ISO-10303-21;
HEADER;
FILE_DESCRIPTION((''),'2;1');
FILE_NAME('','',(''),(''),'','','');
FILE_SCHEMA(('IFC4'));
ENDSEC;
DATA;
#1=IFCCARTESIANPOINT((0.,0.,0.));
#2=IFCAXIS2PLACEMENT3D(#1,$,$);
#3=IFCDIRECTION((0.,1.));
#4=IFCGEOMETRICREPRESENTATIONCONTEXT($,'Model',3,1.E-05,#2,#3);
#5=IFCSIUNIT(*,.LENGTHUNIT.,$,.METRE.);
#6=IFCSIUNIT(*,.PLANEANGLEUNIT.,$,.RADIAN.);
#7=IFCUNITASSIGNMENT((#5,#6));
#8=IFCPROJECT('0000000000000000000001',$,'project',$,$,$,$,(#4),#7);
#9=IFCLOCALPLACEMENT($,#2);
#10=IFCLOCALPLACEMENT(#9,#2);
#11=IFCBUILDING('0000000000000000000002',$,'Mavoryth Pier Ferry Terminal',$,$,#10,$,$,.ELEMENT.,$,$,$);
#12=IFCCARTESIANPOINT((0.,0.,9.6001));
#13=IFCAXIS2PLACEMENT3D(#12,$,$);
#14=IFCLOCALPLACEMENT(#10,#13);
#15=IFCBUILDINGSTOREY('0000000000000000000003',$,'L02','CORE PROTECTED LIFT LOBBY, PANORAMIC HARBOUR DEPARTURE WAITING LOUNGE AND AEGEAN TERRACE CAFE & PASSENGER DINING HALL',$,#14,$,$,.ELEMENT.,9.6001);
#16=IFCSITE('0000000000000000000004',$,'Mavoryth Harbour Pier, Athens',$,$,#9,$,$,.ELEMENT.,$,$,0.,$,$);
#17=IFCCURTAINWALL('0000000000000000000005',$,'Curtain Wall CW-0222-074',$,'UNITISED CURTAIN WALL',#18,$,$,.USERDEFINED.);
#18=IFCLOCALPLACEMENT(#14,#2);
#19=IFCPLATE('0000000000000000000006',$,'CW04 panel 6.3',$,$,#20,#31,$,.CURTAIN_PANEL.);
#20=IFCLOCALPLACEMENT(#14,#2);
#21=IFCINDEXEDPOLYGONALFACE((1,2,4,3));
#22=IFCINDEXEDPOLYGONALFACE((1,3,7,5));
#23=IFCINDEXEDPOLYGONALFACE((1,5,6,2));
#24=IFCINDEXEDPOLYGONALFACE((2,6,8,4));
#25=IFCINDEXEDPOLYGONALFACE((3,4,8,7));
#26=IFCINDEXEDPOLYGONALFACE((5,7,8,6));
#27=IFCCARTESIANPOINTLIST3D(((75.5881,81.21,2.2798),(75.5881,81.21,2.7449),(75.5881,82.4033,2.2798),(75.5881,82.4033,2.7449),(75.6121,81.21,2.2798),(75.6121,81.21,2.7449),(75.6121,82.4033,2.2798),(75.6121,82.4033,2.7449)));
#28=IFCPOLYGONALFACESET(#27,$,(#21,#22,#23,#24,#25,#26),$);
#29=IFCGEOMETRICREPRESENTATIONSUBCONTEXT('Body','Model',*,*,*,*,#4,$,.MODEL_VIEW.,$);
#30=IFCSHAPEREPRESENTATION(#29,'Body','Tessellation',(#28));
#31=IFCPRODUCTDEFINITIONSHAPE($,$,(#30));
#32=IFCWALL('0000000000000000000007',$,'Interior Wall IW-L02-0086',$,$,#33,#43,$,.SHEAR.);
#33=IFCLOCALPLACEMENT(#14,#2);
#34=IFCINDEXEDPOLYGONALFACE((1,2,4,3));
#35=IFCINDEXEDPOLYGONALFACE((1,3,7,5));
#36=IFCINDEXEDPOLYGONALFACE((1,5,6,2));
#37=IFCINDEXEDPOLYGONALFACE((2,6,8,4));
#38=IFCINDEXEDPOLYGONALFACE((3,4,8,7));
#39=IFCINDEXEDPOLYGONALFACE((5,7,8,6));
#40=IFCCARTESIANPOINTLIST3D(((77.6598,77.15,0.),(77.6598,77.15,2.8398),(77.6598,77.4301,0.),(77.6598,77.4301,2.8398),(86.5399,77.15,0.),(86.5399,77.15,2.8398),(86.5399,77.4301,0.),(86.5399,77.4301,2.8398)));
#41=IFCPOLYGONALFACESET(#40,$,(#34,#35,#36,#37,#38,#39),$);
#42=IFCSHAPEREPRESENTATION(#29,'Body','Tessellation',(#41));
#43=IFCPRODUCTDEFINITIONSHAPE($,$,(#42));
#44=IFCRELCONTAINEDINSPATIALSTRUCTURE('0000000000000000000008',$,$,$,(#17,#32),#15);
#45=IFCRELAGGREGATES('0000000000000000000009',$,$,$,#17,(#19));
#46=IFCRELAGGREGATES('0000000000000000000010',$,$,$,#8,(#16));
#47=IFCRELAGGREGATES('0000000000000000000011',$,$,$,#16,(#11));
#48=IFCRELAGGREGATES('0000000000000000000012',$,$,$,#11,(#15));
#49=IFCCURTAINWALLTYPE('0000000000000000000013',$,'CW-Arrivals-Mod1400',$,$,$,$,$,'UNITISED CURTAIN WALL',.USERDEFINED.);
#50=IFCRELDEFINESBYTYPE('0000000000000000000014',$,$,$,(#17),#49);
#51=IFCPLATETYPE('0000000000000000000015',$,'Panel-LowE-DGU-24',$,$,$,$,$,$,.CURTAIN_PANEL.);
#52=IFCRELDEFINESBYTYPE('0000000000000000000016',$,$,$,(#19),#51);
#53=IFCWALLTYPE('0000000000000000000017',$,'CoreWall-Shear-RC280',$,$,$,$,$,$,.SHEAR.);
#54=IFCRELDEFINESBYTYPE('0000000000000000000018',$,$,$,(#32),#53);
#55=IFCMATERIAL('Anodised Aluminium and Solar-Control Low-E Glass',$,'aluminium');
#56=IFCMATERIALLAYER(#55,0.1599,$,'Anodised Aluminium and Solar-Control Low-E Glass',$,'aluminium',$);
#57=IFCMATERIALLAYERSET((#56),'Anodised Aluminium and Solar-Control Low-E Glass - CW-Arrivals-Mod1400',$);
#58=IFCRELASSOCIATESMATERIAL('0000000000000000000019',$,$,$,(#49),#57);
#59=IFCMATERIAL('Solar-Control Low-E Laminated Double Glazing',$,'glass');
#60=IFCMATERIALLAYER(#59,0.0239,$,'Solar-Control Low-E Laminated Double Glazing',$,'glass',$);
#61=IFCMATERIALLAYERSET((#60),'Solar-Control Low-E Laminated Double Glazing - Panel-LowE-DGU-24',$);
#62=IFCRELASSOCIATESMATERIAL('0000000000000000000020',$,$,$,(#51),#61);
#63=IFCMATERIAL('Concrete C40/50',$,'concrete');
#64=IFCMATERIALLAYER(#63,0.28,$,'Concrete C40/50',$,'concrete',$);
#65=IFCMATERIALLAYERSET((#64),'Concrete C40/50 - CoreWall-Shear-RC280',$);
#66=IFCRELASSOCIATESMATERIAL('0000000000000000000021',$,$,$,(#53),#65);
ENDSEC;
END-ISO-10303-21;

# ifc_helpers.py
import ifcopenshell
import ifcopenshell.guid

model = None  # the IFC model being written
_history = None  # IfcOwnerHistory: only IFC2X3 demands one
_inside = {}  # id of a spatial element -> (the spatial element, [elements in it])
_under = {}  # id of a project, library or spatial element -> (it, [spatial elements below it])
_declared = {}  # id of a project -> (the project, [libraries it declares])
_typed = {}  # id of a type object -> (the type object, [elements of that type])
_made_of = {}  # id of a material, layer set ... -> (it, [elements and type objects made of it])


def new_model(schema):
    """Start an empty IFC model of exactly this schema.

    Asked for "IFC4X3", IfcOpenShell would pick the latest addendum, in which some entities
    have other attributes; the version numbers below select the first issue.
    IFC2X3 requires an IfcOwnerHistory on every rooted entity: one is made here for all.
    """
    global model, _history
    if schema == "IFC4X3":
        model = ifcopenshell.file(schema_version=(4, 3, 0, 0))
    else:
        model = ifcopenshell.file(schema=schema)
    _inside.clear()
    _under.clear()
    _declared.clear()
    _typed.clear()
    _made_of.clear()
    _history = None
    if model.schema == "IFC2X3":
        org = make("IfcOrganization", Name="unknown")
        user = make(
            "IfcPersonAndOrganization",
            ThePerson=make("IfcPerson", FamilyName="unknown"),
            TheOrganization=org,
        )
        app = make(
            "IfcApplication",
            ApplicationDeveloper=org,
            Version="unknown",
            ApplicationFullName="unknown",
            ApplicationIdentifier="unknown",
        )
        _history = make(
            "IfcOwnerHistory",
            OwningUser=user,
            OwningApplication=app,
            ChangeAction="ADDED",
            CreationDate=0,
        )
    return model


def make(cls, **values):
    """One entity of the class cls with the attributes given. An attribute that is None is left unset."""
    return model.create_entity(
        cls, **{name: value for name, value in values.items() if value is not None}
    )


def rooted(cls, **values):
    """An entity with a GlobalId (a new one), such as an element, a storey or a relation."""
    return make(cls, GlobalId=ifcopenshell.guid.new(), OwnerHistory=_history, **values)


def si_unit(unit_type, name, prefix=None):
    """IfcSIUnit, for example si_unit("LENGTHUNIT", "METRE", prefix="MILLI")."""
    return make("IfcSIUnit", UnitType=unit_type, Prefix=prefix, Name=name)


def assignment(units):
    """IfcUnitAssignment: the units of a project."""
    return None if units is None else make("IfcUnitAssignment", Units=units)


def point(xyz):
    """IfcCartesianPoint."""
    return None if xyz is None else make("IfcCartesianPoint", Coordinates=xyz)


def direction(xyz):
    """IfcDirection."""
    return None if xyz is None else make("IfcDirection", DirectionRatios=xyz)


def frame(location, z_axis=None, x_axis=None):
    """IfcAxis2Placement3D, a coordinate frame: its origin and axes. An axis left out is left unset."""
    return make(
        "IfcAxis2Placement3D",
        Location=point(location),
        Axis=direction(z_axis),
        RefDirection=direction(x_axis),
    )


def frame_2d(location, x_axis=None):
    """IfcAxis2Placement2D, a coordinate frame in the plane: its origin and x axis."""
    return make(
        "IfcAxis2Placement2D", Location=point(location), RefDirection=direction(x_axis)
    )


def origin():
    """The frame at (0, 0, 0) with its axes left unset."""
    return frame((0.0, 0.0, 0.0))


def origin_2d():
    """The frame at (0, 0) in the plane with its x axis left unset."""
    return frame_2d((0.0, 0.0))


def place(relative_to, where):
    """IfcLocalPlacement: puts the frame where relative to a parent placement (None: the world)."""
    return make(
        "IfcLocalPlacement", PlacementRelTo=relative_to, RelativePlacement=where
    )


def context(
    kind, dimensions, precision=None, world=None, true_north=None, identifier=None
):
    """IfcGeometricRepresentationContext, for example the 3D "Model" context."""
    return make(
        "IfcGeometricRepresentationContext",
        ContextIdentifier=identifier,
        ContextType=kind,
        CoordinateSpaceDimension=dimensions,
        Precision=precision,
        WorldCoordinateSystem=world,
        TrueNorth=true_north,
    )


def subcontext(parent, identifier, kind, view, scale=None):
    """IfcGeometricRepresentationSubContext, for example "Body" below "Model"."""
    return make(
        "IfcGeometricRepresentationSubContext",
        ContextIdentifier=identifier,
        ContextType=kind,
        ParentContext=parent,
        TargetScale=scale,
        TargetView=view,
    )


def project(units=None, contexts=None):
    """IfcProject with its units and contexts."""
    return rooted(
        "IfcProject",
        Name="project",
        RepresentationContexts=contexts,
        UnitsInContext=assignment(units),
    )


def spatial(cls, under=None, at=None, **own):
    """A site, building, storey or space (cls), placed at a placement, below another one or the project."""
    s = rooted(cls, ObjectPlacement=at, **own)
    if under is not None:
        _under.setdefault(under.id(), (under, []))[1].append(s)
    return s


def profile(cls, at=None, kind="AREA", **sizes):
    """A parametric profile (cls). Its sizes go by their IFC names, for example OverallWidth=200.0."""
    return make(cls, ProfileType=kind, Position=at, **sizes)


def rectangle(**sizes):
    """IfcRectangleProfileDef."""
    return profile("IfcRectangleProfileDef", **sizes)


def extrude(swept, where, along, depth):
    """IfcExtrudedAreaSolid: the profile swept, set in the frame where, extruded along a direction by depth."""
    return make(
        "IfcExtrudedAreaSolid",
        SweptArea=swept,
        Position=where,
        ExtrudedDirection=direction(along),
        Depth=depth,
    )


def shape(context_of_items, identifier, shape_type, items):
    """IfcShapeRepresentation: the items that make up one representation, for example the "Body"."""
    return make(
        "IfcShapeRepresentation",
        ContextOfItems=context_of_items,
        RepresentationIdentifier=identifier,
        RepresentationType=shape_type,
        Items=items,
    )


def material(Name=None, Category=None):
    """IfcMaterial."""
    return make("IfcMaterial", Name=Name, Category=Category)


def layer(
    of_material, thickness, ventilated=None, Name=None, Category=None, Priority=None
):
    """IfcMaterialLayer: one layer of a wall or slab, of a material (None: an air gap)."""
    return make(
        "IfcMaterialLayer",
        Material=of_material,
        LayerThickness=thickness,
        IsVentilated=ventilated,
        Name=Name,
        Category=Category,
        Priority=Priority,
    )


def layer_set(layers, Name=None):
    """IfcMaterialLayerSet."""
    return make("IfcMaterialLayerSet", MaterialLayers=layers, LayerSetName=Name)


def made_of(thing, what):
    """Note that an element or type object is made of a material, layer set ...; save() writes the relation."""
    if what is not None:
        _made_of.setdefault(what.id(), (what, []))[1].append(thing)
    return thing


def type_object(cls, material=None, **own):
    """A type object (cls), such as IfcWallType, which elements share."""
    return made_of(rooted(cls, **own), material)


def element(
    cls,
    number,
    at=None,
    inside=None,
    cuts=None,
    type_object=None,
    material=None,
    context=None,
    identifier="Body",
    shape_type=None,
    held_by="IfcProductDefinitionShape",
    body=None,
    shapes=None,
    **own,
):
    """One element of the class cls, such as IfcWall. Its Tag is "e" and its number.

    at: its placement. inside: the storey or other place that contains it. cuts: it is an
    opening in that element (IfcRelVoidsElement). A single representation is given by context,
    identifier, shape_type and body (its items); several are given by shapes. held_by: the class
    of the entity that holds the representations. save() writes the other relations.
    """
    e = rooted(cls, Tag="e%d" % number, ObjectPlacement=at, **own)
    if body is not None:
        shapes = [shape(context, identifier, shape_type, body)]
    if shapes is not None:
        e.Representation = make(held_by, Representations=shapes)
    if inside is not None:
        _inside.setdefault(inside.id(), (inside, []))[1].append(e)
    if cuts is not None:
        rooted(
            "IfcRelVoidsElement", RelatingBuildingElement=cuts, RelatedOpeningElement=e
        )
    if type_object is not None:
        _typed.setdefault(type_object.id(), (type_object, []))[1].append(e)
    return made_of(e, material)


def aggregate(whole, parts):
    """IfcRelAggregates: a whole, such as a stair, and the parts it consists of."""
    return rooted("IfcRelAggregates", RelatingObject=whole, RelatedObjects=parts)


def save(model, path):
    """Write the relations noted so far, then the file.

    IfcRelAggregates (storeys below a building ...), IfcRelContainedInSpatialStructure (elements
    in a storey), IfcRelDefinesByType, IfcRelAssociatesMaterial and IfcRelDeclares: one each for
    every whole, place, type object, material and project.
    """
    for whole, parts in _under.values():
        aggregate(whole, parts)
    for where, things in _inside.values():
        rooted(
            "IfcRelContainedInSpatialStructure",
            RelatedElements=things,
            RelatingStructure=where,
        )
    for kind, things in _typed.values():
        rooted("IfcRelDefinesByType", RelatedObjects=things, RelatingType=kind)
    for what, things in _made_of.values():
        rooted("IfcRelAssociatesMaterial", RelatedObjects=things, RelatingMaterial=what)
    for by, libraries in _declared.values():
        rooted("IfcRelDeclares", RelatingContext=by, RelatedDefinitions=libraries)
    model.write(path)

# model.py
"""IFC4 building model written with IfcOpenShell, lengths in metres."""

from ifc_helpers import new_model, si_unit, direction, frame, frame_2d, origin, origin_2d, place, context, subcontext, project, spatial, rectangle, extrude, material, layer, layer_set, type_object, element, aggregate, save


model = new_model("IFC4")

# Units and contexts
model_context = context("Model", 3, precision=1e-05, world=origin(), true_north=direction((0.0, 1.0)))
body_context = subcontext(model_context, "Body", "Model", "MODEL_VIEW")
ifc_project = project(units=[si_unit("LENGTHUNIT", "METRE"), si_unit("PLANEANGLEUNIT", "RADIAN")], contexts=[model_context])

# Site, building, storey
site_placement = place(None, origin())
site = spatial("IfcSite", under=ifc_project, at=site_placement, Name="Mavoryth Harbour Pier, Athens", CompositionType="ELEMENT", RefElevation=0.0)
building_placement = place(site_placement, origin())
building = spatial("IfcBuilding", under=site, at=building_placement, Name="Mavoryth Pier Ferry Terminal", CompositionType="ELEMENT")
storey_placement = place(building_placement, frame((0.0, 0.0, 9.6001)))
storey = spatial("IfcBuildingStorey", under=building, at=storey_placement, Name="L02", Description="CORE PROTECTED LIFT LOBBY, PANORAMIC HARBOUR DEPARTURE WAITING LOUNGE AND AEGEAN TERRACE CAFE & PASSENGER DINING HALL", CompositionType="ELEMENT", Elevation=9.6001)

# Shared definitions
ifc_material_1 = material(Name="Concrete C40/50", Category="concrete")

# Shared definitions
ifc_material_2 = material(Name="Anodised Aluminium and Solar-Control Low-E Glass", Category="aluminium")
ifc_layer_1 = layer(ifc_material_2, 0.1599, Name="Anodised Aluminium and Solar-Control Low-E Glass", Category="aluminium")
ifc_layer_set_1 = layer_set([ifc_layer_1], Name="Anodised Aluminium and Solar-Control Low-E Glass - CW-Arrivals-Mod1400")
curtain_wall_type = type_object("IfcCurtainWallType", Name="CW-Arrivals-Mod1400", ElementType="UNITISED CURTAIN WALL", PredefinedType="USERDEFINED", material=ifc_layer_set_1)

# Curtain wall
curtain_wall_1_placement = place(storey_placement, origin())
curtain_wall_1 = element("IfcCurtainWall", 1, at=curtain_wall_1_placement, inside=storey, type_object=curtain_wall_type, Name="Curtain Wall CW-0222-074", ObjectType="UNITISED CURTAIN WALL", PredefinedType="USERDEFINED")

# Plate
ifc_material_3 = material(Name="Solar-Control Low-E Laminated Double Glazing", Category="glass")
ifc_layer_2 = layer(ifc_material_3, 0.0239, Name="Solar-Control Low-E Laminated Double Glazing", Category="glass")
ifc_layer_set_2 = layer_set([ifc_layer_2], Name="Solar-Control Low-E Laminated Double Glazing - Panel-LowE-DGU-24")
plate_type = type_object("IfcPlateType", Name="Panel-LowE-DGU-24", PredefinedType="CURTAIN_PANEL", material=ifc_layer_set_2)
plate_1_placement = place(storey_placement, frame((75.6001, 81.8066, 2.2798), z_axis=(0.0, 0.0, 1.0), x_axis=(0.0, -1.0, 0.0)))
plate_1 = element("IfcPlate", 2, at=plate_1_placement, type_object=plate_type, Name="CW04 panel 6.3", PredefinedType="CURTAIN_PANEL", context=body_context, shape_type="SweptSolid", body=[
    extrude(rectangle(XDim=1.1934, YDim=0.0239, at=origin_2d()), origin(), (0.0, 0.0, 1.0), 0.4651),
])
aggregate(curtain_wall_1, [plate_1])

# Wall
ifc_layer_3 = layer(ifc_material_1, 0.28, Name="Concrete C40/50", Category="concrete")
ifc_layer_set_3 = layer_set([ifc_layer_3], Name="Concrete C40/50 - CoreWall-Shear-RC280")
wall_type = type_object("IfcWallType", Name="CoreWall-Shear-RC280", PredefinedType="SHEAR", material=ifc_layer_set_3)
wall_1_placement = place(storey_placement, frame((77.6599, 77.29, 0.0), z_axis=(0.0, 0.0, 1.0), x_axis=(1.0, 0.0, 0.0)))
element("IfcWall", 3, at=wall_1_placement, inside=storey, type_object=wall_type, Name="Interior Wall IW-L02-0086", PredefinedType="SHEAR", context=body_context, shape_type="SweptSolid", body=[
    extrude(rectangle(XDim=8.8801, YDim=0.28, at=frame_2d((4.4399, 0.0))), origin(), (0.0, 0.0, 1.0), 2.8398),
])

save(model, "model.ifc")
